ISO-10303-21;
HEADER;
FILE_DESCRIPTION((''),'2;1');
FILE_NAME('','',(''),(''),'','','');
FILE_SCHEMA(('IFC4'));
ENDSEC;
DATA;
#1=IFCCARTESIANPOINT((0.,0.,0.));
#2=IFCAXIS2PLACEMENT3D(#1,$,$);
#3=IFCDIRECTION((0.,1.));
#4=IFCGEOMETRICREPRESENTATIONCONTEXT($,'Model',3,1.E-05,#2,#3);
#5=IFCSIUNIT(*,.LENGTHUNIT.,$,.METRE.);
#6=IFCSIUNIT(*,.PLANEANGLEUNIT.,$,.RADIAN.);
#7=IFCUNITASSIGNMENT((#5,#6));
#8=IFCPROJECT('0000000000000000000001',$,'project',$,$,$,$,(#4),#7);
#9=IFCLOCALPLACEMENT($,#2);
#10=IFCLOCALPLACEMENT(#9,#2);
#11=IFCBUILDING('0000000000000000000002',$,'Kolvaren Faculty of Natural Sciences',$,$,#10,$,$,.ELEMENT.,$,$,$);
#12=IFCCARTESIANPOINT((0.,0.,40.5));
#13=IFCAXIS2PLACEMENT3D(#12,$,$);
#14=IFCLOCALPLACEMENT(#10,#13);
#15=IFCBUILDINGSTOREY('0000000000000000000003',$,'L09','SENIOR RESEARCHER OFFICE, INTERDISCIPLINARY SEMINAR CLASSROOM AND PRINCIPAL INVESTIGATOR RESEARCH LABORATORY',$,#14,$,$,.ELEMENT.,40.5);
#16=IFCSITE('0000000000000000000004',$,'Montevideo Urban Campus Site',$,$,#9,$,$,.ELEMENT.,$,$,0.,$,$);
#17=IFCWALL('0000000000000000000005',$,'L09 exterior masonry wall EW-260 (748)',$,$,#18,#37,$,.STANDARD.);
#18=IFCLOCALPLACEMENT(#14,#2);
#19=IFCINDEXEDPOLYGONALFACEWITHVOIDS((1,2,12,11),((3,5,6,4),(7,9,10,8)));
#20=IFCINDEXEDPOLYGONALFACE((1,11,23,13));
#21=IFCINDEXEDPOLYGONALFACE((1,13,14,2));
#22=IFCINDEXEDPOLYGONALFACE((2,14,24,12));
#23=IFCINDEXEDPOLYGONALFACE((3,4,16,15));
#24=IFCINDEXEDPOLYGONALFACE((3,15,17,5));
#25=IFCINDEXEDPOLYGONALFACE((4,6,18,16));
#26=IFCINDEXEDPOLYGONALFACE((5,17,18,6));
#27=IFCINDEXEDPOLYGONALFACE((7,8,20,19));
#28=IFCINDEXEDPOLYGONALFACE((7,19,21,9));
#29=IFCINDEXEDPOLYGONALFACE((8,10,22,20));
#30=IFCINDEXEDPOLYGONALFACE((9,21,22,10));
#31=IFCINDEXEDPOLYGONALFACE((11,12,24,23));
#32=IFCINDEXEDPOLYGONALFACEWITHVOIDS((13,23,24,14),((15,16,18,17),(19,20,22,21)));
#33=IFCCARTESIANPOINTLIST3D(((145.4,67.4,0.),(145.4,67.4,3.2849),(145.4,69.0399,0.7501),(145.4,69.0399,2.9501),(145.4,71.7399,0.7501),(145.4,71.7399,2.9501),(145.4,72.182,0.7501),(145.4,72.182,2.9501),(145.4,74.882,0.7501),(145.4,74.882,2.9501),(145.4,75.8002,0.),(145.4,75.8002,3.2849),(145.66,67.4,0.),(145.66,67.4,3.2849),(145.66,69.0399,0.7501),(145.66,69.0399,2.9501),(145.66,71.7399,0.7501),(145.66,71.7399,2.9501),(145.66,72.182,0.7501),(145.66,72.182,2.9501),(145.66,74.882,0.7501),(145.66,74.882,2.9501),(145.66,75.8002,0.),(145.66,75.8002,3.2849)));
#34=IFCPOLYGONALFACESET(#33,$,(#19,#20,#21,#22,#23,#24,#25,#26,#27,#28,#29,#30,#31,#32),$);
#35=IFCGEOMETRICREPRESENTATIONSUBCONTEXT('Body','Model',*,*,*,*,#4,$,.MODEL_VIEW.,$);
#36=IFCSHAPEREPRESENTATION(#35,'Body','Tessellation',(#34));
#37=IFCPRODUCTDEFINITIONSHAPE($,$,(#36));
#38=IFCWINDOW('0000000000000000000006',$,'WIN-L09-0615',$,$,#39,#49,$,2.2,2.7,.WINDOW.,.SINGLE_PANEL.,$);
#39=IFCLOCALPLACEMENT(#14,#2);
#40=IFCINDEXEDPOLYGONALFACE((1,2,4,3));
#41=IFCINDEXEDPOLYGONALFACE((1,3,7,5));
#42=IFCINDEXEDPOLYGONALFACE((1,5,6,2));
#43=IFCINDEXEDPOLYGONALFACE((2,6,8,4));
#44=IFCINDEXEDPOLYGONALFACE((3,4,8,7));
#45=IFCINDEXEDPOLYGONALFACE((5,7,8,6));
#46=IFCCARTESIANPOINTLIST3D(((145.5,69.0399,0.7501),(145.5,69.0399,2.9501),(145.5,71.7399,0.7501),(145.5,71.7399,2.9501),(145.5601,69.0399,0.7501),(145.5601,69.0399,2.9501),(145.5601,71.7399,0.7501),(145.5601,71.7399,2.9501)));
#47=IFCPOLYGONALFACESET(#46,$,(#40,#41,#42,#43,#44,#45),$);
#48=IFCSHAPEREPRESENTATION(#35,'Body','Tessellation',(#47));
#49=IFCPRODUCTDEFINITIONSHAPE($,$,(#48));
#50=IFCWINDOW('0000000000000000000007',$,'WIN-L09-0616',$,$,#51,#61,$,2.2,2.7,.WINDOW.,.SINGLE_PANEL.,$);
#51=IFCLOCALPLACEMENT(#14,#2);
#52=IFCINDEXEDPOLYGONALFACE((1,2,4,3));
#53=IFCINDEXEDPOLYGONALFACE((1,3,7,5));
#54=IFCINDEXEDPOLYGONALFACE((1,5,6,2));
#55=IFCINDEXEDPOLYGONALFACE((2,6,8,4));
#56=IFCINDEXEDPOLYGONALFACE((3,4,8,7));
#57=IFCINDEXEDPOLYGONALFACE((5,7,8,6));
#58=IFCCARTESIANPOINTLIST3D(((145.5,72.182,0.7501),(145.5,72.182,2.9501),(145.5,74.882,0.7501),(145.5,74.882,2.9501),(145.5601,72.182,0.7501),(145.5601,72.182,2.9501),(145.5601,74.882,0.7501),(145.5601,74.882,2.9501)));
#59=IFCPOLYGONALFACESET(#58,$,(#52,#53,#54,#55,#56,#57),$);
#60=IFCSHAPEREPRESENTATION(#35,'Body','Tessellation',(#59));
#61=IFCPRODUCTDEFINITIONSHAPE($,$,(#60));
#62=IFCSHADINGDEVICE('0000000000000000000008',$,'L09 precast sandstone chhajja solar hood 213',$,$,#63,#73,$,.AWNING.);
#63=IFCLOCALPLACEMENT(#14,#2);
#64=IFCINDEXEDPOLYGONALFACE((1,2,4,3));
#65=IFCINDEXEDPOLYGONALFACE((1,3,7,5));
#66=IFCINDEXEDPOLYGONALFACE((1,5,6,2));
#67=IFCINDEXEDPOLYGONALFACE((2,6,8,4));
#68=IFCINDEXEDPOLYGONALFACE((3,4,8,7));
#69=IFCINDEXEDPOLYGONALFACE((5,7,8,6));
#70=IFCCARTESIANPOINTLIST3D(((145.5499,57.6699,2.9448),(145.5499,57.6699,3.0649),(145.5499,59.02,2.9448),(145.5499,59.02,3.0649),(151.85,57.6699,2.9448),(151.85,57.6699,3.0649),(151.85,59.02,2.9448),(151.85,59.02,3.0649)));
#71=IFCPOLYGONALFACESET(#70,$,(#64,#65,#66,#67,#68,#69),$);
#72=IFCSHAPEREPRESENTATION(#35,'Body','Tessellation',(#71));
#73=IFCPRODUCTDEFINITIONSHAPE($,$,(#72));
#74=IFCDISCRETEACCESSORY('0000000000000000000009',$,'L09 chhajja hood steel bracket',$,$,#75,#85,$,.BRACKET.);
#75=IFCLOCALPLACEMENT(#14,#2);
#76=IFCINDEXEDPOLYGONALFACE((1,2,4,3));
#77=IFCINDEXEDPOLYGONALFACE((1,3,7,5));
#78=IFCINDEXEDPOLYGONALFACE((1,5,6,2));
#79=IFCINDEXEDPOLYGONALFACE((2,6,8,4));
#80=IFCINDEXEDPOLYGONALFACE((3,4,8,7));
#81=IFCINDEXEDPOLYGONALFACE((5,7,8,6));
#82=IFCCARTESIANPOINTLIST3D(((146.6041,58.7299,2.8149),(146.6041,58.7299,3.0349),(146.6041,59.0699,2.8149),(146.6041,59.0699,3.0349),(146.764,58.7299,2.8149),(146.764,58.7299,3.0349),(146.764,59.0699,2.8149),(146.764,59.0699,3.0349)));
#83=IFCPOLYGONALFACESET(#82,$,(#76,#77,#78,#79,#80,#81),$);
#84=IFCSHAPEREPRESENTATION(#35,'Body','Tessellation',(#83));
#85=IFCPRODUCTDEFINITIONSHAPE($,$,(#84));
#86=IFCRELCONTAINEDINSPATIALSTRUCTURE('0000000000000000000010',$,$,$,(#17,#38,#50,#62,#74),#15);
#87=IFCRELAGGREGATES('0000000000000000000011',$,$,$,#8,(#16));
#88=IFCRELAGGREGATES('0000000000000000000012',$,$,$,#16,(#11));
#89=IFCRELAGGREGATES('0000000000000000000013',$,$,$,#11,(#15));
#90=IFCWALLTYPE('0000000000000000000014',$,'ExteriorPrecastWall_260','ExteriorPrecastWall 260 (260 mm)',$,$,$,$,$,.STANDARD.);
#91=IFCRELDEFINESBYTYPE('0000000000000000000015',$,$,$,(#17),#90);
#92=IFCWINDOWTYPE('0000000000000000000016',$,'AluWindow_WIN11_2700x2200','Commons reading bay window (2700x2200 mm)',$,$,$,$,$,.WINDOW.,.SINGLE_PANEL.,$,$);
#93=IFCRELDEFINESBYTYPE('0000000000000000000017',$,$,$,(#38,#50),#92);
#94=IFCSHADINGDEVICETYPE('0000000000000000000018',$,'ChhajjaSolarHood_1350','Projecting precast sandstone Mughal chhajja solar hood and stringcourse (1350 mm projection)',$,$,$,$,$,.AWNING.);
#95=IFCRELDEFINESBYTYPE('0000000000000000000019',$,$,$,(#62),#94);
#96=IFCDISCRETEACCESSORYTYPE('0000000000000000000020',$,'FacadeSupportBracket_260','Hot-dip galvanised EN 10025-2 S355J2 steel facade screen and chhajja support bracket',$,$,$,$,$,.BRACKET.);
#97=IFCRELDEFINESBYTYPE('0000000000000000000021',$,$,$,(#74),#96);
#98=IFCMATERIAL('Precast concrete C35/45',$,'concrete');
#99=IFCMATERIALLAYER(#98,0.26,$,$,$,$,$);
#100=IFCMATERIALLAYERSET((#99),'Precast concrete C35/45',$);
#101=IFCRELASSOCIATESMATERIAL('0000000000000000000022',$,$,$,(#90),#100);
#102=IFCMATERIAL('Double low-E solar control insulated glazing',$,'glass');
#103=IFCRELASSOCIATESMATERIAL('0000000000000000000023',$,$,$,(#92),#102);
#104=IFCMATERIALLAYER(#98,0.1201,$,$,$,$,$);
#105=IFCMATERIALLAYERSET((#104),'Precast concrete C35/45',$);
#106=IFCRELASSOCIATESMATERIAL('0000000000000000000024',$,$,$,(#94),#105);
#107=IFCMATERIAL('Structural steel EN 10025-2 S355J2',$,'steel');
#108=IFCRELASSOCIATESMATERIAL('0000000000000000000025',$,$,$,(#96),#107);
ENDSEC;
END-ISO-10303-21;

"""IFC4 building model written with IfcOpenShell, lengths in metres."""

from ifc_helpers import new_model, si_unit, direction, frame, frame_2d, origin, origin_2d, place, context, subcontext, project, spatial, rectangle, extrude, material, layer, layer_set, type_object, element, fill, save


model = new_model("IFC4")

# Units and contexts
model_context = context("Model", 3, precision=1e-05, world=origin(), true_north=direction((0.0, 1.0)))
body_context = subcontext(model_context, "Body", "Model", "MODEL_VIEW")
ifc_project = project(units=[si_unit("LENGTHUNIT", "METRE"), si_unit("PLANEANGLEUNIT", "RADIAN")], contexts=[model_context])

# Site, building, storey
site_placement = place(None, origin())
site = spatial("IfcSite", under=ifc_project, at=site_placement, Name="Montevideo Urban Campus Site", CompositionType="ELEMENT", RefElevation=0.0)
building_placement = place(site_placement, origin())
building = spatial("IfcBuilding", under=site, at=building_placement, Name="Kolvaren Faculty of Natural Sciences", CompositionType="ELEMENT")
storey_placement = place(building_placement, frame((0.0, 0.0, 40.5)))
storey = spatial("IfcBuildingStorey", under=building, at=storey_placement, Name="L09", Description="SENIOR RESEARCHER OFFICE, INTERDISCIPLINARY SEMINAR CLASSROOM AND PRINCIPAL INVESTIGATOR RESEARCH LABORATORY", CompositionType="ELEMENT", Elevation=40.5)

# Wall, openings, windows
ifc_material_1 = material(Name="Precast concrete C35/45", Category="concrete")
ifc_layer_1 = layer(ifc_material_1, 0.26)
ifc_layer_set_1 = layer_set([ifc_layer_1], Name="Precast concrete C35/45")
wall_type_1 = type_object("IfcWallType", Name="ExteriorPrecastWall_260", Description="ExteriorPrecastWall 260 (260 mm)", PredefinedType="STANDARD", material=ifc_layer_set_1)
ifc_material_2 = material(Name="Double low-E solar control insulated glazing", Category="glass")
wall_1_placement = place(storey_placement, frame((145.53, 67.3999, 0.0), z_axis=(0.0, 0.0, 1.0), x_axis=(0.0, 1.0, 0.0)))
wall_1 = element("IfcWall", 1, at=wall_1_placement, inside=storey, type_object=wall_type_1, Name="L09 exterior masonry wall EW-260 (748)", PredefinedType="STANDARD", context=body_context, shape_type="SweptSolid", body=[
    extrude(rectangle(XDim=8.4001, YDim=0.26, at=frame_2d((4.2002, 0.0))), origin(), (0.0, 0.0, 1.0), 3.2849),
])
opening_1_placement = place(wall_1_placement, frame((1.6399, 0.0, 0.75)))
opening_1 = element("IfcOpeningElement", 2, at=opening_1_placement, cuts=wall_1, PredefinedType="OPENING", context=body_context, shape_type="SweptSolid", body=[
    extrude(rectangle(XDim=2.7, YDim=2.2, at=frame_2d((1.3501, 1.1001))), frame((0.0, 0.1399, 0.0), z_axis=(0.0, -1.0, 0.0), x_axis=(1.0, 0.0, 0.0)), (0.0, 0.0, 1.0), 0.28),
])
opening_2_placement = place(wall_1_placement, frame((4.782, 0.0, 0.75)))
opening_2 = element("IfcOpeningElement", 3, at=opening_2_placement, cuts=wall_1, PredefinedType="OPENING", context=body_context, shape_type="SweptSolid", body=[
    extrude(rectangle(XDim=2.7, YDim=2.2, at=frame_2d((1.3501, 1.1001))), frame((0.0, 0.1399, 0.0), z_axis=(0.0, -1.0, 0.0), x_axis=(1.0, 0.0, 0.0)), (0.0, 0.0, 1.0), 0.28),
])
window_type_1 = type_object("IfcWindowType", Name="AluWindow_WIN11_2700x2200", Description="Commons reading bay window (2700x2200 mm)", PartitioningType="SINGLE_PANEL", PredefinedType="WINDOW", material=ifc_material_2)
window_1_placement = place(opening_1_placement, origin())
window_1 = element("IfcWindow", 4, at=window_1_placement, inside=storey, type_object=window_type_1, Name="WIN-L09-0615", OverallHeight=2.2, OverallWidth=2.7, PartitioningType="SINGLE_PANEL", PredefinedType="WINDOW", context=body_context, shape_type="SweptSolid", body=[
    extrude(rectangle(XDim=2.7, YDim=2.2, at=frame_2d((1.3501, 1.1001))), frame((0.0, 0.03, 0.0), z_axis=(0.0, -1.0, 0.0), x_axis=(1.0, 0.0, 0.0)), (0.0, 0.0, 1.0), 0.0601),
])
fill(opening_1, window_1)
window_2_placement = place(opening_2_placement, origin())
window_2 = element("IfcWindow", 5, at=window_2_placement, inside=storey, type_object=window_type_1, Name="WIN-L09-0616", OverallHeight=2.2, OverallWidth=2.7, PartitioningType="SINGLE_PANEL", PredefinedType="WINDOW", context=body_context, shape_type="SweptSolid", body=[
    extrude(rectangle(XDim=2.7, YDim=2.2, at=frame_2d((1.3501, 1.1001))), frame((0.0, 0.03, 0.0), z_axis=(0.0, -1.0, 0.0), x_axis=(1.0, 0.0, 0.0)), (0.0, 0.0, 1.0), 0.0601),
])
fill(opening_2, window_2)

# Shading device
ifc_layer_2 = layer(ifc_material_1, 0.1201)
ifc_layer_set_2 = layer_set([ifc_layer_2], Name="Precast concrete C35/45")
shading_device_type = type_object("IfcShadingDeviceType", Name="ChhajjaSolarHood_1350", Description="Projecting precast sandstone Mughal chhajja solar hood and stringcourse (1350 mm projection)", PredefinedType="AWNING", material=ifc_layer_set_2)
shading_device_placement = place(storey_placement, frame((148.7, 58.345, 2.9448), z_axis=(0.0, 0.0, 1.0), x_axis=(-1.0, 0.0, 0.0)))
element("IfcShadingDevice", 6, at=shading_device_placement, inside=storey, type_object=shading_device_type, Name="L09 precast sandstone chhajja solar hood 213", PredefinedType="AWNING", context=body_context, shape_type="SweptSolid", body=[
    extrude(rectangle(XDim=6.3, YDim=1.3501, at=origin_2d()), origin(), (0.0, 0.0, 1.0), 0.1201),
])

# Discrete accessory
ifc_material_3 = material(Name="Structural steel EN 10025-2 S355J2", Category="steel")
discrete_accessory_type = type_object("IfcDiscreteAccessoryType", Name="FacadeSupportBracket_260", Description="Hot-dip galvanised EN 10025-2 S355J2 steel facade screen and chhajja support bracket", PredefinedType="BRACKET", material=ifc_material_3)
discrete_accessory_placement = place(storey_placement, frame((146.6841, 58.8999, 2.8149), z_axis=(0.0, 0.0, 1.0), x_axis=(-1.0, 0.0, 0.0)))
element("IfcDiscreteAccessory", 7, at=discrete_accessory_placement, inside=storey, type_object=discrete_accessory_type, Name="L09 chhajja hood steel bracket", PredefinedType="BRACKET", context=body_context, shape_type="SweptSolid", body=[
    extrude(rectangle(XDim=0.1599, YDim=0.3401, at=origin_2d()), origin(), (0.0, 0.0, 1.0), 0.22),
])

save(model, "model.ifc")
